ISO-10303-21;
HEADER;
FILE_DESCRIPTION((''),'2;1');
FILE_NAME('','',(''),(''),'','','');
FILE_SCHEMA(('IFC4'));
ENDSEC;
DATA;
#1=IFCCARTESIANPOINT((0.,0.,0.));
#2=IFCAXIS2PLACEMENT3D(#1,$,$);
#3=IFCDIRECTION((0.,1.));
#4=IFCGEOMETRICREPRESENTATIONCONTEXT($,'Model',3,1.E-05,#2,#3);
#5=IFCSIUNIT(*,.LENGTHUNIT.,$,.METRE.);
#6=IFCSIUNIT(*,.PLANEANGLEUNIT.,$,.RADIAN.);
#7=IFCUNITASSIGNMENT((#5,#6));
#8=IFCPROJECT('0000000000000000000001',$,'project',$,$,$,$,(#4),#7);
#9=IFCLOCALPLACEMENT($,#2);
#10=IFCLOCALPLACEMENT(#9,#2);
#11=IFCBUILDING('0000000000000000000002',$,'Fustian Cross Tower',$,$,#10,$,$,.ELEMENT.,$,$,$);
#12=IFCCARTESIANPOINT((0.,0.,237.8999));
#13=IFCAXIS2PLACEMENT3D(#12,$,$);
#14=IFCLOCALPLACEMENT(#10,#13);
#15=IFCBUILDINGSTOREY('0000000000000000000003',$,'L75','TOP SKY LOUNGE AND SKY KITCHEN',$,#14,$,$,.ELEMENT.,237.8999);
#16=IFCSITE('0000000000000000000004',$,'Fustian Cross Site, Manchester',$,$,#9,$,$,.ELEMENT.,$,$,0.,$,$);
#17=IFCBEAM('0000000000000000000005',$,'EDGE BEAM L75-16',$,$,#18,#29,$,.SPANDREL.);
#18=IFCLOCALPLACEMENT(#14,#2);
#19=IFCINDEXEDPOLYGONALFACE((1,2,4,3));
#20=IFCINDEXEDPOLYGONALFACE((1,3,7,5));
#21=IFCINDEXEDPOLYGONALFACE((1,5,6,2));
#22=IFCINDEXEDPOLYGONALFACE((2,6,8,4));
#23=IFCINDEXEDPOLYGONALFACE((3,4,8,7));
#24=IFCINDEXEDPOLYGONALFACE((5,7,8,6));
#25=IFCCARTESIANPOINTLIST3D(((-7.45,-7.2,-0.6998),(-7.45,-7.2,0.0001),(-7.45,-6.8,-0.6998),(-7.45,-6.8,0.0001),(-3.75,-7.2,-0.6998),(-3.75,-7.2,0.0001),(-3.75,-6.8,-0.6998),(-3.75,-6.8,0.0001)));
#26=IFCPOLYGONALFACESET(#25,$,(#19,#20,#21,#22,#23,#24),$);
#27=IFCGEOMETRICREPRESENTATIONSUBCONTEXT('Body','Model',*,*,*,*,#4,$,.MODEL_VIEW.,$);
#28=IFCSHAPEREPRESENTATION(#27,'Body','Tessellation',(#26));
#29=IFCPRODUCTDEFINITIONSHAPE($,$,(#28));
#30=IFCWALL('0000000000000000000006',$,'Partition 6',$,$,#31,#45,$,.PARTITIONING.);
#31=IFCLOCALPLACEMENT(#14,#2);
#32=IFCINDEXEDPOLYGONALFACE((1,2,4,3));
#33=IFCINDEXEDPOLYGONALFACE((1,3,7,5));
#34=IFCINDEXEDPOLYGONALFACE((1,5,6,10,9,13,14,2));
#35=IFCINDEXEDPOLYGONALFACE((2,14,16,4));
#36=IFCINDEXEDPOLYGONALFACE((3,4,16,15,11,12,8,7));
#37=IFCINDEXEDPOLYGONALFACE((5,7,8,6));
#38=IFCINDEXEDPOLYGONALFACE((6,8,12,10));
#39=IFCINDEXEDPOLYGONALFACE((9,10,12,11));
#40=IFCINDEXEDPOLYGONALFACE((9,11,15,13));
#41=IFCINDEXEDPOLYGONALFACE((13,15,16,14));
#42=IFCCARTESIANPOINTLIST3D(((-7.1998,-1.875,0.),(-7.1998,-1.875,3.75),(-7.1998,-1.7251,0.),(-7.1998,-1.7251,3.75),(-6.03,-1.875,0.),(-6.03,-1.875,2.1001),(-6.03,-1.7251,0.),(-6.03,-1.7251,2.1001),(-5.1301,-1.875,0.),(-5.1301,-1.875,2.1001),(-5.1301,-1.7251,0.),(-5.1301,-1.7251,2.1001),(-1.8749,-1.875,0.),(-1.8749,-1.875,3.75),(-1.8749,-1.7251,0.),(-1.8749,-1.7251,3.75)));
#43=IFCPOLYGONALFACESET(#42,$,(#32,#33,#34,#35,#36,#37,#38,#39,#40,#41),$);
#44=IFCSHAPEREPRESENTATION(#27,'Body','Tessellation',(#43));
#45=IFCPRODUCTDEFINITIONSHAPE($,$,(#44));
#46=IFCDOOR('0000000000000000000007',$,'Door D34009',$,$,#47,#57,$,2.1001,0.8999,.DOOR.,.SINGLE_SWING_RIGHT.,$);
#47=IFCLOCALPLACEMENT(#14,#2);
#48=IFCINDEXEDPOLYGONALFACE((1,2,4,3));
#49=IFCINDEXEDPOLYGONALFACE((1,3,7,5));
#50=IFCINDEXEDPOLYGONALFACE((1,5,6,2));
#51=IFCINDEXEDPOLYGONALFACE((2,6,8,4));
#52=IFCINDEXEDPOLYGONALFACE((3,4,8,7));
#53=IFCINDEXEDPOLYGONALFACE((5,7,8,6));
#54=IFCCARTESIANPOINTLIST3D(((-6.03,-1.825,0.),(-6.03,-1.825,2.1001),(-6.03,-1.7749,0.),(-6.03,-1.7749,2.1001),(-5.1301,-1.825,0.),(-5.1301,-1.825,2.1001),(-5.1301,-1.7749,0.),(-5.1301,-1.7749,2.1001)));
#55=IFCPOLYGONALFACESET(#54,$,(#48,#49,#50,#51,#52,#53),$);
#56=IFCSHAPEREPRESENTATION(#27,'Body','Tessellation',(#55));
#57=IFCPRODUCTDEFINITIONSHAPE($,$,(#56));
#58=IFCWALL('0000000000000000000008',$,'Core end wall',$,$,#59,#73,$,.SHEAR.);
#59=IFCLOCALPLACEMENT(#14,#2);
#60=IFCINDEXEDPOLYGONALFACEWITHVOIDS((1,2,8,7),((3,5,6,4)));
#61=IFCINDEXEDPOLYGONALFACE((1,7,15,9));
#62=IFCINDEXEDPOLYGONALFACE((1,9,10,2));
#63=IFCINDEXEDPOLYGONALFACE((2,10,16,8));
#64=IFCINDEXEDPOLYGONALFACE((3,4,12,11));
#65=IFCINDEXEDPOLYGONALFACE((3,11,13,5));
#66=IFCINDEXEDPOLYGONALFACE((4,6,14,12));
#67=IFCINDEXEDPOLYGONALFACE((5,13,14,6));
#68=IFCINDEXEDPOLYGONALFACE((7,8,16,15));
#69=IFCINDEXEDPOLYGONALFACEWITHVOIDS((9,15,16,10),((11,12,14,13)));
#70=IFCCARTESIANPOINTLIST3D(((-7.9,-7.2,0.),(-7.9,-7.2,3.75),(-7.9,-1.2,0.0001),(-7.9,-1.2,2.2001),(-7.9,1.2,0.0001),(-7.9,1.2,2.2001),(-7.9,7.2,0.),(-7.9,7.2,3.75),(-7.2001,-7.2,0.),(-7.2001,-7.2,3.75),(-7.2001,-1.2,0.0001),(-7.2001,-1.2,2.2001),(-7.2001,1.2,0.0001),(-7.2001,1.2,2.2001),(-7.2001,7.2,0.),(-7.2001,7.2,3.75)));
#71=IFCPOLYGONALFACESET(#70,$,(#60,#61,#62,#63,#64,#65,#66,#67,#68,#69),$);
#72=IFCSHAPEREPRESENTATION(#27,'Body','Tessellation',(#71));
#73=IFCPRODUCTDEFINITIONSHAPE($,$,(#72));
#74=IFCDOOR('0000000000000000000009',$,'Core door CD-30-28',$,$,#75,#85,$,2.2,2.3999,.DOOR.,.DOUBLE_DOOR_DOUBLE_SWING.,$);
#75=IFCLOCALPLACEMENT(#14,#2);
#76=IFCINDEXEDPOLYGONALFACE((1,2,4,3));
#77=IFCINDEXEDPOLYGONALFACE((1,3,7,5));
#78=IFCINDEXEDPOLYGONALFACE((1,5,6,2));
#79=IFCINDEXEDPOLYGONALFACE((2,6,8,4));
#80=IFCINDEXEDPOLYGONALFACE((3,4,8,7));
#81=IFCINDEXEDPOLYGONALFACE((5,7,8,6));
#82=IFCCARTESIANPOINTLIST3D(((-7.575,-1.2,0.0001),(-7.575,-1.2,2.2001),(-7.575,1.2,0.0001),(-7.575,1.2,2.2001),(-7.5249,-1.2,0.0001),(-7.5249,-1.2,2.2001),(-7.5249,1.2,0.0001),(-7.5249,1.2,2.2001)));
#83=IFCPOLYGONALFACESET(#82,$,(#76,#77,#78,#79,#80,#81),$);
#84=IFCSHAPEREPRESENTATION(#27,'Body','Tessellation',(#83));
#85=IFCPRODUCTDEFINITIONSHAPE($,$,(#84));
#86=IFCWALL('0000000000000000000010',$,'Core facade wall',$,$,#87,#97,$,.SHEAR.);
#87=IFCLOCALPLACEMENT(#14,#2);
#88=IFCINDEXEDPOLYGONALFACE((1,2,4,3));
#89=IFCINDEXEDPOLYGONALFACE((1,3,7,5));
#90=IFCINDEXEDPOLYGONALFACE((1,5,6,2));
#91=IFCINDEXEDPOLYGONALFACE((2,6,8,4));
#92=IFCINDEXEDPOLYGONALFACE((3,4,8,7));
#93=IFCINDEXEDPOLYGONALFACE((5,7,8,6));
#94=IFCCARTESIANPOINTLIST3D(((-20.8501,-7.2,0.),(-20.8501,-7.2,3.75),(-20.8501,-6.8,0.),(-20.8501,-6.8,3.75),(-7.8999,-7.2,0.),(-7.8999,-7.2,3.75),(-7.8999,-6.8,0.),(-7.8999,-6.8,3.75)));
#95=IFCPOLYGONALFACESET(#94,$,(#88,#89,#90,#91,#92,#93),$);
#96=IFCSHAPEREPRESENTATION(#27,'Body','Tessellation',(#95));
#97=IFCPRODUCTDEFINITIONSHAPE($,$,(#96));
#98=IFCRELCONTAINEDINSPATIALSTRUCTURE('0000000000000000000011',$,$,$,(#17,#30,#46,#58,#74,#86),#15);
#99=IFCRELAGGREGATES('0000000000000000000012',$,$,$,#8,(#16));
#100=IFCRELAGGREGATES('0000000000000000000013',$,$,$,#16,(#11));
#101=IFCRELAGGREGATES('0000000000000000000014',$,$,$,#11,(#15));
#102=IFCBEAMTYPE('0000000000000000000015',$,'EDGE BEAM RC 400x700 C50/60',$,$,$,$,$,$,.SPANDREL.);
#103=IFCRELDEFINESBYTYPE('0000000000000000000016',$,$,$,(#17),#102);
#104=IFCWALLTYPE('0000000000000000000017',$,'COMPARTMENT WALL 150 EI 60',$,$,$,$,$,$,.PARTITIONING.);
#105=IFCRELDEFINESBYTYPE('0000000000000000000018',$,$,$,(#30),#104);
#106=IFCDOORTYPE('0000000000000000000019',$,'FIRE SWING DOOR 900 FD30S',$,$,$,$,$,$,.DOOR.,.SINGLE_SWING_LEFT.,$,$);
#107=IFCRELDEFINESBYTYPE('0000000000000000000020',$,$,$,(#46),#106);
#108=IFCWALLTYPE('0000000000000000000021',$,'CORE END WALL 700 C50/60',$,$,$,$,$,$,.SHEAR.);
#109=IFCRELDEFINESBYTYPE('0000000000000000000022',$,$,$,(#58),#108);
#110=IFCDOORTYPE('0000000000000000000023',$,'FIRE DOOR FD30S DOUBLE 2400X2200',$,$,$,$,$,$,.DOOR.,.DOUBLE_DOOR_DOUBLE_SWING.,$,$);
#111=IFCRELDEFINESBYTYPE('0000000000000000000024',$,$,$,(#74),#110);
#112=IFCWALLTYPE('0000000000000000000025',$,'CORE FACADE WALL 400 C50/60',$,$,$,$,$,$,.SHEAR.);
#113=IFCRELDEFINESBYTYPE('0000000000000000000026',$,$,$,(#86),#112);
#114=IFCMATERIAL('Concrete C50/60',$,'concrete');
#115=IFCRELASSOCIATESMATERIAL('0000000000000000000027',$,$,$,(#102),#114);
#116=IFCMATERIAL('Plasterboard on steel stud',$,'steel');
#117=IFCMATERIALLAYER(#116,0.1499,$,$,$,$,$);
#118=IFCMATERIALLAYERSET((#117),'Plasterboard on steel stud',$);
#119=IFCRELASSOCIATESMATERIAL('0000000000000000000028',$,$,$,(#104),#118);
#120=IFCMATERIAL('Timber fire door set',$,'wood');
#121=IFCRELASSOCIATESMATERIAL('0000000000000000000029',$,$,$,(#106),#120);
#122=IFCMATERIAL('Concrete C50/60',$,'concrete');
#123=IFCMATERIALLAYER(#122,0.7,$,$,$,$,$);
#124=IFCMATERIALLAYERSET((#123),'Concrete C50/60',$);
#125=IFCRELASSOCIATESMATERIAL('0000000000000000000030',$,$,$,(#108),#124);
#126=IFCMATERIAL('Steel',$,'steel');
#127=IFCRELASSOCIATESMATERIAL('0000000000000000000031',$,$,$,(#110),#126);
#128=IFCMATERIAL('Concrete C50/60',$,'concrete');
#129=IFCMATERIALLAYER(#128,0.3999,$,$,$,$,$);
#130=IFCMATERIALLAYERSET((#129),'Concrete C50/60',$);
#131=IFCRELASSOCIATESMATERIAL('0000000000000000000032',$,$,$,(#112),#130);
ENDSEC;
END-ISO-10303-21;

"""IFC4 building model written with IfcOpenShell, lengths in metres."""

from ifc_helpers import new_model, si_unit, direction, frame, frame_2d, origin, origin_2d, place, context, subcontext, project, spatial, rectangle, extrude, material, layer, layer_set, material_profile, profile_set, type_object, element, fill, save


model = new_model("IFC4")

# Units and contexts
model_context = context("Model", 3, precision=1e-05, world=origin(), true_north=direction((0.0, 1.0)))
body_context = subcontext(model_context, "Body", "Model", "MODEL_VIEW")
ifc_project = project(units=[si_unit("LENGTHUNIT", "METRE"), si_unit("PLANEANGLEUNIT", "RADIAN")], contexts=[model_context])

# Site, building, storey
site_placement = place(None, origin())
site = spatial("IfcSite", under=ifc_project, at=site_placement, Name="Fustian Cross Site, Manchester", CompositionType="ELEMENT", RefElevation=0.0)
building_placement = place(site_placement, origin())
building = spatial("IfcBuilding", under=site, at=building_placement, Name="Fustian Cross Tower", CompositionType="ELEMENT")
storey_placement = place(building_placement, frame((0.0, 0.0, 237.8999)))
storey = spatial("IfcBuildingStorey", under=building, at=storey_placement, Name="L75", Description="TOP SKY LOUNGE AND SKY KITCHEN", CompositionType="ELEMENT", Elevation=237.8999)

# Beam
ifc_material_1 = material(Name="Concrete C50/60", Category="concrete")
ifc_material_profile = material_profile(ifc_material_1, rectangle(XDim=0.3999, YDim=0.7, at=origin_2d()), Name="RC 400x700")
ifc_profile_set = profile_set([ifc_material_profile], Name="Concrete C50/60")
beam_type = type_object("IfcBeamType", Name="EDGE BEAM RC 400x700 C50/60", PredefinedType="SPANDREL", material=ifc_profile_set)
beam_placement = place(storey_placement, frame((-7.45, -7.0, -0.3499), z_axis=(1.0, 0.0, 0.0), x_axis=(0.0, 1.0, 0.0)))
element("IfcBeam", 1, at=beam_placement, inside=storey, type_object=beam_type, Name="EDGE BEAM L75-16", PredefinedType="SPANDREL", context=body_context, shape_type="SweptSolid", body=[
    extrude(rectangle(XDim=0.3999, YDim=0.7, at=origin_2d()), origin(), (0.0, 0.0, 1.0), 3.7),
])

# Walls, openings, doors
ifc_material_2 = material(Name="Plasterboard on steel stud", Category="steel")
ifc_layer_1 = layer(ifc_material_2, 0.1499)
ifc_layer_set_1 = layer_set([ifc_layer_1], Name="Plasterboard on steel stud")
wall_type_1 = type_object("IfcWallType", Name="COMPARTMENT WALL 150 EI 60", PredefinedType="PARTITIONING", material=ifc_layer_set_1)
wall_1_placement = place(storey_placement, frame((-7.2, -1.8, 0.0), z_axis=(0.0, 0.0, 1.0), x_axis=(1.0, 0.0, 0.0)))
wall_1 = element("IfcWall", 2, at=wall_1_placement, inside=storey, type_object=wall_type_1, Name="Partition 6", PredefinedType="PARTITIONING", context=body_context, shape_type="SweptSolid", body=[
    extrude(rectangle(XDim=5.325, YDim=0.1499, at=frame_2d((2.6626, 0.0))), origin(), (0.0, 0.0, 1.0), 3.75),
])
opening_1_placement = place(wall_1_placement, frame((1.1699, 0.0, 0.0)))
opening_1 = element("IfcOpeningElement", 3, at=opening_1_placement, cuts=wall_1, PredefinedType="OPENING", context=body_context, shape_type="SweptSolid", body=[
    extrude(rectangle(XDim=0.8999, YDim=2.1001, at=frame_2d((0.45, 1.05))), frame((0.0, 0.085, 0.0), z_axis=(0.0, -1.0, 0.0), x_axis=(1.0, 0.0, 0.0)), (0.0, 0.0, 1.0), 0.1699),
])
ifc_material_3 = material(Name="Timber fire door set", Category="wood")
door_type_1 = type_object("IfcDoorType", Name="FIRE SWING DOOR 900 FD30S", OperationType="SINGLE_SWING_LEFT", PredefinedType="DOOR", material=ifc_material_3)
door_1_placement = place(opening_1_placement, frame((0.8999, 0.0, 0.0), z_axis=(0.0, 0.0, 1.0), x_axis=(-1.0, 0.0, 0.0)))
door_1 = element("IfcDoor", 4, at=door_1_placement, inside=storey, type_object=door_type_1, Name="Door D34009", OperationType="SINGLE_SWING_RIGHT", OverallHeight=2.1001, OverallWidth=0.8999, PredefinedType="DOOR", context=body_context, shape_type="SweptSolid", body=[
    extrude(rectangle(XDim=0.8999, YDim=2.1001, at=frame_2d((0.45, 1.05))), frame((0.0, 0.0249, 0.0), z_axis=(0.0, -1.0, 0.0), x_axis=(1.0, 0.0, 0.0)), (0.0, 0.0, 1.0), 0.05),
])
fill(opening_1, door_1)
ifc_material_4 = material(Name="Concrete C50/60", Category="concrete")
ifc_layer_2 = layer(ifc_material_4, 0.7)
ifc_layer_set_2 = layer_set([ifc_layer_2], Name="Concrete C50/60")
wall_type_2 = type_object("IfcWallType", Name="CORE END WALL 700 C50/60", PredefinedType="SHEAR", material=ifc_layer_set_2)
wall_2_placement = place(storey_placement, frame((-7.55, -7.2, 0.0), z_axis=(0.0, 0.0, 1.0), x_axis=(0.0, 1.0, 0.0)))
wall_2 = element("IfcWall", 5, at=wall_2_placement, inside=storey, type_object=wall_type_2, Name="Core end wall", PredefinedType="SHEAR", context=body_context, shape_type="SweptSolid", body=[
    extrude(rectangle(XDim=14.3999, YDim=0.7, at=frame_2d((7.2, 0.0))), origin(), (0.0, 0.0, 1.0), 3.75),
])
opening_2_placement = place(wall_2_placement, frame((6.0, 0.0, 0.0)))
opening_2 = element("IfcOpeningElement", 6, at=opening_2_placement, cuts=wall_2, PredefinedType="OPENING", context=body_context, shape_type="SweptSolid", body=[
    extrude(rectangle(XDim=2.3999, YDim=2.2, at=frame_2d((1.2, 1.1001))), frame((0.0, 0.3599, 0.0), z_axis=(0.0, -1.0, 0.0), x_axis=(1.0, 0.0, 0.0)), (0.0, 0.0, 1.0), 0.72),
])
ifc_material_5 = material(Name="Steel", Category="steel")
door_type_2 = type_object("IfcDoorType", Name="FIRE DOOR FD30S DOUBLE 2400X2200", OperationType="DOUBLE_DOOR_DOUBLE_SWING", PredefinedType="DOOR", material=ifc_material_5)
door_2_placement = place(opening_2_placement, origin())
door_2 = element("IfcDoor", 7, at=door_2_placement, inside=storey, type_object=door_type_2, Name="Core door CD-30-28", OperationType="DOUBLE_DOOR_DOUBLE_SWING", OverallHeight=2.2, OverallWidth=2.3999, PredefinedType="DOOR", context=body_context, shape_type="SweptSolid", body=[
    extrude(rectangle(XDim=2.3999, YDim=2.2, at=frame_2d((1.2, 1.1001))), frame((0.0, 0.0249, 0.0), z_axis=(0.0, -1.0, 0.0), x_axis=(1.0, 0.0, 0.0)), (0.0, 0.0, 1.0), 0.05),
])
fill(opening_2, door_2)

# Wall
ifc_material_6 = material(Name="Concrete C50/60", Category="concrete")
ifc_layer_3 = layer(ifc_material_6, 0.3999)
ifc_layer_set_3 = layer_set([ifc_layer_3], Name="Concrete C50/60")
wall_type_3 = type_object("IfcWallType", Name="CORE FACADE WALL 400 C50/60", PredefinedType="SHEAR", material=ifc_layer_set_3)
wall_3_placement = place(storey_placement, frame((-7.8999, -7.0, 0.0), z_axis=(0.0, 0.0, 1.0), x_axis=(-1.0, 0.0, 0.0)))
element("IfcWall", 8, at=wall_3_placement, inside=storey, type_object=wall_type_3, Name="Core facade wall", PredefinedType="SHEAR", context=body_context, shape_type="SweptSolid", body=[
    extrude(rectangle(XDim=12.9502, YDim=0.3999, at=frame_2d((6.4751, 0.0))), origin(), (0.0, 0.0, 1.0), 3.75),
])

save(model, "model.ifc")
